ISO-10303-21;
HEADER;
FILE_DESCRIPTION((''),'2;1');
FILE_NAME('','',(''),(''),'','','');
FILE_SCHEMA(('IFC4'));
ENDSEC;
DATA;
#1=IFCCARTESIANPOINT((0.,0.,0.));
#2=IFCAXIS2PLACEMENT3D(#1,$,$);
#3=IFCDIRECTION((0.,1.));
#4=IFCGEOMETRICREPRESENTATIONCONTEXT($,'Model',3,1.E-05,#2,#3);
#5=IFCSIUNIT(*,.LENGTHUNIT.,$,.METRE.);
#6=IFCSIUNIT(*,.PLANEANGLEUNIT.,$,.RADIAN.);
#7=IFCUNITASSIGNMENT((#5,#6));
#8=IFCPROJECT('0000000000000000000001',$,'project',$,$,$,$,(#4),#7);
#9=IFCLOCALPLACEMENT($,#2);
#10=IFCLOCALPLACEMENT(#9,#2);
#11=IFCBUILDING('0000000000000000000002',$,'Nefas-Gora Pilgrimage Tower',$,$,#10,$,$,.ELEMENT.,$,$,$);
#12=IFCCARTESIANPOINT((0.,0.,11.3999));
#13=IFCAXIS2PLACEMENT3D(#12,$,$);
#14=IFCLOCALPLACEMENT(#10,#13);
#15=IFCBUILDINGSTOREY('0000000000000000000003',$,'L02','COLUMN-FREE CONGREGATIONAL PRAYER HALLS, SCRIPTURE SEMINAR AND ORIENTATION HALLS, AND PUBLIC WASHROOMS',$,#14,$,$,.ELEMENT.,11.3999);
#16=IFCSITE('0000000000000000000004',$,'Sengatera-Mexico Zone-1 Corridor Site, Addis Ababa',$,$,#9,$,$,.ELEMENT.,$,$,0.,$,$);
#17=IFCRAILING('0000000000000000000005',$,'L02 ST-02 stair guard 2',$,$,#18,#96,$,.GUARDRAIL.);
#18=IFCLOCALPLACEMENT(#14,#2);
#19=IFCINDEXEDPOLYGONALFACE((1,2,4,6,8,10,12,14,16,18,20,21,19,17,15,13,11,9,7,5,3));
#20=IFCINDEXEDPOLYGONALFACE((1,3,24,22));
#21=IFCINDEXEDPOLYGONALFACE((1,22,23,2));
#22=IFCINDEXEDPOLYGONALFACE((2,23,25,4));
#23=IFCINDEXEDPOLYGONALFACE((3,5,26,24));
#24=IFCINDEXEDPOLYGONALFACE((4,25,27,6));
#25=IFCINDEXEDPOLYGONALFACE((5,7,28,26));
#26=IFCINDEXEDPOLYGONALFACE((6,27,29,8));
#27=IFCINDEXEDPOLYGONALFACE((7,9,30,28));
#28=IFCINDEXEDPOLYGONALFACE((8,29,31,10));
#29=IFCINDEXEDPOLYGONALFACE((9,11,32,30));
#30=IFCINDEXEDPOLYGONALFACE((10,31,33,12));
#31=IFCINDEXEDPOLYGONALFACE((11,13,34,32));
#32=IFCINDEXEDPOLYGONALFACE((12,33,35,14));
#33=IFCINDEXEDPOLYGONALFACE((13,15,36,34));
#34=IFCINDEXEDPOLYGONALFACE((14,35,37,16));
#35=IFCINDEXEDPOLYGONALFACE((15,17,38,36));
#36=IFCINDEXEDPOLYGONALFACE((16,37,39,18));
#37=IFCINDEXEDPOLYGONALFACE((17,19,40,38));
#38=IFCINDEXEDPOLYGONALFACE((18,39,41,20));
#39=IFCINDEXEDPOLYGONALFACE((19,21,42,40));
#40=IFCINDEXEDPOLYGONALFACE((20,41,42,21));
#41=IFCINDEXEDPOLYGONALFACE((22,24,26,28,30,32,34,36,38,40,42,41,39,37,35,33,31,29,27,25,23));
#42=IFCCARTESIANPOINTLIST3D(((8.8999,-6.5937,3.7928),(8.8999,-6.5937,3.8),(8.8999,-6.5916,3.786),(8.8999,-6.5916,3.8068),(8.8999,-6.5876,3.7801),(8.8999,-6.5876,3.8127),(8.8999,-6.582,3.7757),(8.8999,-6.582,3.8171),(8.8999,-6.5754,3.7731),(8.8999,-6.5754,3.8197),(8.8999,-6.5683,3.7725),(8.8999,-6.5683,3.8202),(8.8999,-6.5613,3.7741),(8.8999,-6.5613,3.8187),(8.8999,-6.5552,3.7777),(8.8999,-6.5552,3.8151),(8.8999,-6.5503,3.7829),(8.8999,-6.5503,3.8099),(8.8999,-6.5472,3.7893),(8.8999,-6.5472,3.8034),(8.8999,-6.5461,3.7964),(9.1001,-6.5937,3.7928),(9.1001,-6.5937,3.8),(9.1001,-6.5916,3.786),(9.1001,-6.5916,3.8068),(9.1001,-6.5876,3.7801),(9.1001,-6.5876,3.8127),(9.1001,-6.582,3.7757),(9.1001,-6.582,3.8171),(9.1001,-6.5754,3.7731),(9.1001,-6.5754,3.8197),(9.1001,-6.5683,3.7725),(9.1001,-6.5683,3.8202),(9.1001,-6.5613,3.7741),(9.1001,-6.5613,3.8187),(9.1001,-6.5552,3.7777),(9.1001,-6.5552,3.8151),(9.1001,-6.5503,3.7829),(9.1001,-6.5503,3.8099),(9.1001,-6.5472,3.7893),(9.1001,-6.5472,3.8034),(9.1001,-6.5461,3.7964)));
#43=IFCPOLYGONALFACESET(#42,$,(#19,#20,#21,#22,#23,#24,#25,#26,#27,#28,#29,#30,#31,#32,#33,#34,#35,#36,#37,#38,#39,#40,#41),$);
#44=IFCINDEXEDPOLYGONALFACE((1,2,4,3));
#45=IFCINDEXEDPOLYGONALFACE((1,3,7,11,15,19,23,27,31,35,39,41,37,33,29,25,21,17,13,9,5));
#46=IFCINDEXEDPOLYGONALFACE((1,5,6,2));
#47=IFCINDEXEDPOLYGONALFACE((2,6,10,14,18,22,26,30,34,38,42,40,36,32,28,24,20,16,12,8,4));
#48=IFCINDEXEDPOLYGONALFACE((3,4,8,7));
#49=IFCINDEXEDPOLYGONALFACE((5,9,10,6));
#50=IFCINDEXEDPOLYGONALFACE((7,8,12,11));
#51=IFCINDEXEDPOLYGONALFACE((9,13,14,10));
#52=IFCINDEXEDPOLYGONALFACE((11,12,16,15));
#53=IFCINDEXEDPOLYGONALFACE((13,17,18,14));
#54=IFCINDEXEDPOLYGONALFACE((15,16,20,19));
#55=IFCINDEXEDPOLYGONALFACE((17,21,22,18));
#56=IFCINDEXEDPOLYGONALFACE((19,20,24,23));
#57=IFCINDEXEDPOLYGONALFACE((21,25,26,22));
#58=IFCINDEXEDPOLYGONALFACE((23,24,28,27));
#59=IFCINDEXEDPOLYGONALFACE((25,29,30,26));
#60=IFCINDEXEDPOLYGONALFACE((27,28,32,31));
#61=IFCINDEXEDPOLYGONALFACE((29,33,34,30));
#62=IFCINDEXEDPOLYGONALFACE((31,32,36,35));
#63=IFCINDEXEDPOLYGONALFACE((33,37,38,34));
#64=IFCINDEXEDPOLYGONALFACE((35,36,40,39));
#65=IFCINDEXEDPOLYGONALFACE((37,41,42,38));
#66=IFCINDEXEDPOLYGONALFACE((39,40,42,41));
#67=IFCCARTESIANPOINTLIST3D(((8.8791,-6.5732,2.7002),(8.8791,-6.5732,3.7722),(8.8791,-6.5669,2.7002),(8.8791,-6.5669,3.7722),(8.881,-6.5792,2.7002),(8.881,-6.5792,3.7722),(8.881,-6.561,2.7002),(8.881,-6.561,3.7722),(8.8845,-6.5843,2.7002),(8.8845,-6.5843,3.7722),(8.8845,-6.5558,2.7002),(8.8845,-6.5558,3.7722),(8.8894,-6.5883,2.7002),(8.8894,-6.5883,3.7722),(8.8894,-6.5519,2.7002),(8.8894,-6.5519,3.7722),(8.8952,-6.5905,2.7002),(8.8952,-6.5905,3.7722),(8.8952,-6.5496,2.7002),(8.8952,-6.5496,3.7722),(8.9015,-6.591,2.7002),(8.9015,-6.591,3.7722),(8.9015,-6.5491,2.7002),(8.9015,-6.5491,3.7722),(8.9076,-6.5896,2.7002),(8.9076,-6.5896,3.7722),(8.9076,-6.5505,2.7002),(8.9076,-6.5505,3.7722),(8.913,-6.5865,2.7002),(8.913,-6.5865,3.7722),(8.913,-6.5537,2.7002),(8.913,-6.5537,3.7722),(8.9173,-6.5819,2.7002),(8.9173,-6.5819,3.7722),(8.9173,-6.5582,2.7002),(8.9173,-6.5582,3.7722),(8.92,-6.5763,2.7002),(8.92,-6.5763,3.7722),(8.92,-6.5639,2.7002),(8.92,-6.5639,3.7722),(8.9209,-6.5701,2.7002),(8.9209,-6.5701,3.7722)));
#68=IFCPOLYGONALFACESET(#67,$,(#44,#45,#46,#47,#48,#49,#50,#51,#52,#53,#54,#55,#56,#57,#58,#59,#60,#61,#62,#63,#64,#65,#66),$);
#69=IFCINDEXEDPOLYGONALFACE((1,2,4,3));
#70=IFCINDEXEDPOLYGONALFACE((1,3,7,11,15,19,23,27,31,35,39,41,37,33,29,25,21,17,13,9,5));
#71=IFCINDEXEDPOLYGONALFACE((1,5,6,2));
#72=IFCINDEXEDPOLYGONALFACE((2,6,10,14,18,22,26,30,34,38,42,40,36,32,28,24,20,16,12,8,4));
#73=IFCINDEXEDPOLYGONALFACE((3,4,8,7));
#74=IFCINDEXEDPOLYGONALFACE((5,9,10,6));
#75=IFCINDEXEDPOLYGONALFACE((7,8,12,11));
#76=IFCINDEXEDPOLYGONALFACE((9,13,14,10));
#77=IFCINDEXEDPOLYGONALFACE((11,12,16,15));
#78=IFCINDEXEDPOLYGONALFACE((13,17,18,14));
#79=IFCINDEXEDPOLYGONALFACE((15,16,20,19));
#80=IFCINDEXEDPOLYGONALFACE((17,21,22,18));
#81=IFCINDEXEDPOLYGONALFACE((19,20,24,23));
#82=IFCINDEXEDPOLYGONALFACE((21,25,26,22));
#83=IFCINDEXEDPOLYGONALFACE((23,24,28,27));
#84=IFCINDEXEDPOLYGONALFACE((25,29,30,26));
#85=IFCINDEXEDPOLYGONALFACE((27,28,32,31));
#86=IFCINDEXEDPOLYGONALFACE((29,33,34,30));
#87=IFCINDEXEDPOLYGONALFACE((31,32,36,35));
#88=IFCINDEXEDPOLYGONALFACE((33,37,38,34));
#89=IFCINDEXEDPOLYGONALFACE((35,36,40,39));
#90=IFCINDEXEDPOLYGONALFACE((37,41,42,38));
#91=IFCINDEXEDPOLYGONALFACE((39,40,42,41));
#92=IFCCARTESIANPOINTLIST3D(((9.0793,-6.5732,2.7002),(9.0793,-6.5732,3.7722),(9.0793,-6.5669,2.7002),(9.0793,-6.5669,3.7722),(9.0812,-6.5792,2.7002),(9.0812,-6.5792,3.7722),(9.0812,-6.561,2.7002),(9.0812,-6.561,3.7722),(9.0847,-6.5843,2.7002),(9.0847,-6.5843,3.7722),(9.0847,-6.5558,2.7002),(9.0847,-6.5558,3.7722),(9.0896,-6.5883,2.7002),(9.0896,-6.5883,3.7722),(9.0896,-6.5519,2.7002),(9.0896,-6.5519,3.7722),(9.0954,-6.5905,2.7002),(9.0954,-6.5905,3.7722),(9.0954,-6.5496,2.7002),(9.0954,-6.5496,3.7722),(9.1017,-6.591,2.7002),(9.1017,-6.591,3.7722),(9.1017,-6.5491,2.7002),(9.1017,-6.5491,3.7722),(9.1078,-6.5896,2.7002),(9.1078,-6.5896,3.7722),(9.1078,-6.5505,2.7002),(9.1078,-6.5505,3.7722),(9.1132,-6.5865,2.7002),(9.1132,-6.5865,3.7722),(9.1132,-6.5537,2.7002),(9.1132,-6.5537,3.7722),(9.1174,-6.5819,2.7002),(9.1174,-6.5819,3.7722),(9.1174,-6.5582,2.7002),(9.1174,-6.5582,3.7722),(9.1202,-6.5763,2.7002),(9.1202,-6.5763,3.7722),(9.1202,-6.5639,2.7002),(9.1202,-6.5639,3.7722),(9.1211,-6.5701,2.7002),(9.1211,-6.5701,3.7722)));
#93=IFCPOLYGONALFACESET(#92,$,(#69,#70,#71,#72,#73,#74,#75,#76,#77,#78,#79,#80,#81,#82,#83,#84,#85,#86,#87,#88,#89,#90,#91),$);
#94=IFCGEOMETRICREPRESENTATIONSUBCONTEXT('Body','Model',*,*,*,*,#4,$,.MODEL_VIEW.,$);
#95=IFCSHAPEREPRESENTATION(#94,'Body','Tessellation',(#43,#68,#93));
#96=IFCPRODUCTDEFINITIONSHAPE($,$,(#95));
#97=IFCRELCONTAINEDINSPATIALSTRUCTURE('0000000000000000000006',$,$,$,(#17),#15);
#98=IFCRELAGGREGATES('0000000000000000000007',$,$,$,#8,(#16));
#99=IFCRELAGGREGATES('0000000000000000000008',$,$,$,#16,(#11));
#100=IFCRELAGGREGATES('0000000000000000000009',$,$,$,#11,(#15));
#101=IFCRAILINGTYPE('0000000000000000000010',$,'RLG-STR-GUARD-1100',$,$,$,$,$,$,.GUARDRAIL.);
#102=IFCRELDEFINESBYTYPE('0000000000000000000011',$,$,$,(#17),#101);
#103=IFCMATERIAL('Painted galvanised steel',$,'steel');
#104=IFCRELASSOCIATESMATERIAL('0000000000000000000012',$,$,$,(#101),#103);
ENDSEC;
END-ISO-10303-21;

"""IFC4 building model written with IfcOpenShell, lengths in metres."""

from ifc_helpers import new_model, si_unit, direction, frame, origin, origin_2d, place, context, subcontext, project, spatial, circle, extrude, material, type_object, element, save


model = new_model("IFC4")

# Units and contexts
model_context = context("Model", 3, precision=1e-05, world=origin(), true_north=direction((0.0, 1.0)))
body_context = subcontext(model_context, "Body", "Model", "MODEL_VIEW")
ifc_project = project(units=[si_unit("LENGTHUNIT", "METRE"), si_unit("PLANEANGLEUNIT", "RADIAN")], contexts=[model_context])

# Site, building, storey
site_placement = place(None, origin())
site = spatial("IfcSite", under=ifc_project, at=site_placement, Name="Sengatera-Mexico Zone-1 Corridor Site, Addis Ababa", CompositionType="ELEMENT", RefElevation=0.0)
building_placement = place(site_placement, origin())
building = spatial("IfcBuilding", under=site, at=building_placement, Name="Nefas-Gora Pilgrimage Tower", CompositionType="ELEMENT")
storey_placement = place(building_placement, frame((0.0, 0.0, 11.3999)))
storey = spatial("IfcBuildingStorey", under=building, at=storey_placement, Name="L02", Description="COLUMN-FREE CONGREGATIONAL PRAYER HALLS, SCRIPTURE SEMINAR AND ORIENTATION HALLS, AND PUBLIC WASHROOMS", CompositionType="ELEMENT", Elevation=11.3999)

# Railing
ifc_material_1 = material(Name="Painted galvanised steel", Category="steel")
railing_type_1 = type_object("IfcRailingType", Name="RLG-STR-GUARD-1100", PredefinedType="GUARDRAIL", material=ifc_material_1)
railing_1_placement = place(storey_placement, frame((8.8999, -6.5701, 2.7002)))
element("IfcRailing", 1, at=railing_1_placement, inside=storey, type_object=railing_type_1, Name="L02 ST-02 stair guard 2", PredefinedType="GUARDRAIL", context=body_context, shape_type="SweptSolid", body=[
    extrude(circle(Radius=0.0239, at=origin_2d()), frame((0.0, 0.0, 1.0962), z_axis=(1.0, 0.0, 0.0), x_axis=(0.0, 1.0, 0.0)), (0.0, 0.0, 1.0), 0.2002),
    extrude(circle(Radius=0.021, at=origin_2d()), origin(), (0.0, 0.0, 1.0), 1.072),
    extrude(circle(Radius=0.021, at=origin_2d()), frame((0.2002, 0.0, 0.0)), (0.0, 0.0, 1.0), 1.072),
])

save(model, "model.ifc")
